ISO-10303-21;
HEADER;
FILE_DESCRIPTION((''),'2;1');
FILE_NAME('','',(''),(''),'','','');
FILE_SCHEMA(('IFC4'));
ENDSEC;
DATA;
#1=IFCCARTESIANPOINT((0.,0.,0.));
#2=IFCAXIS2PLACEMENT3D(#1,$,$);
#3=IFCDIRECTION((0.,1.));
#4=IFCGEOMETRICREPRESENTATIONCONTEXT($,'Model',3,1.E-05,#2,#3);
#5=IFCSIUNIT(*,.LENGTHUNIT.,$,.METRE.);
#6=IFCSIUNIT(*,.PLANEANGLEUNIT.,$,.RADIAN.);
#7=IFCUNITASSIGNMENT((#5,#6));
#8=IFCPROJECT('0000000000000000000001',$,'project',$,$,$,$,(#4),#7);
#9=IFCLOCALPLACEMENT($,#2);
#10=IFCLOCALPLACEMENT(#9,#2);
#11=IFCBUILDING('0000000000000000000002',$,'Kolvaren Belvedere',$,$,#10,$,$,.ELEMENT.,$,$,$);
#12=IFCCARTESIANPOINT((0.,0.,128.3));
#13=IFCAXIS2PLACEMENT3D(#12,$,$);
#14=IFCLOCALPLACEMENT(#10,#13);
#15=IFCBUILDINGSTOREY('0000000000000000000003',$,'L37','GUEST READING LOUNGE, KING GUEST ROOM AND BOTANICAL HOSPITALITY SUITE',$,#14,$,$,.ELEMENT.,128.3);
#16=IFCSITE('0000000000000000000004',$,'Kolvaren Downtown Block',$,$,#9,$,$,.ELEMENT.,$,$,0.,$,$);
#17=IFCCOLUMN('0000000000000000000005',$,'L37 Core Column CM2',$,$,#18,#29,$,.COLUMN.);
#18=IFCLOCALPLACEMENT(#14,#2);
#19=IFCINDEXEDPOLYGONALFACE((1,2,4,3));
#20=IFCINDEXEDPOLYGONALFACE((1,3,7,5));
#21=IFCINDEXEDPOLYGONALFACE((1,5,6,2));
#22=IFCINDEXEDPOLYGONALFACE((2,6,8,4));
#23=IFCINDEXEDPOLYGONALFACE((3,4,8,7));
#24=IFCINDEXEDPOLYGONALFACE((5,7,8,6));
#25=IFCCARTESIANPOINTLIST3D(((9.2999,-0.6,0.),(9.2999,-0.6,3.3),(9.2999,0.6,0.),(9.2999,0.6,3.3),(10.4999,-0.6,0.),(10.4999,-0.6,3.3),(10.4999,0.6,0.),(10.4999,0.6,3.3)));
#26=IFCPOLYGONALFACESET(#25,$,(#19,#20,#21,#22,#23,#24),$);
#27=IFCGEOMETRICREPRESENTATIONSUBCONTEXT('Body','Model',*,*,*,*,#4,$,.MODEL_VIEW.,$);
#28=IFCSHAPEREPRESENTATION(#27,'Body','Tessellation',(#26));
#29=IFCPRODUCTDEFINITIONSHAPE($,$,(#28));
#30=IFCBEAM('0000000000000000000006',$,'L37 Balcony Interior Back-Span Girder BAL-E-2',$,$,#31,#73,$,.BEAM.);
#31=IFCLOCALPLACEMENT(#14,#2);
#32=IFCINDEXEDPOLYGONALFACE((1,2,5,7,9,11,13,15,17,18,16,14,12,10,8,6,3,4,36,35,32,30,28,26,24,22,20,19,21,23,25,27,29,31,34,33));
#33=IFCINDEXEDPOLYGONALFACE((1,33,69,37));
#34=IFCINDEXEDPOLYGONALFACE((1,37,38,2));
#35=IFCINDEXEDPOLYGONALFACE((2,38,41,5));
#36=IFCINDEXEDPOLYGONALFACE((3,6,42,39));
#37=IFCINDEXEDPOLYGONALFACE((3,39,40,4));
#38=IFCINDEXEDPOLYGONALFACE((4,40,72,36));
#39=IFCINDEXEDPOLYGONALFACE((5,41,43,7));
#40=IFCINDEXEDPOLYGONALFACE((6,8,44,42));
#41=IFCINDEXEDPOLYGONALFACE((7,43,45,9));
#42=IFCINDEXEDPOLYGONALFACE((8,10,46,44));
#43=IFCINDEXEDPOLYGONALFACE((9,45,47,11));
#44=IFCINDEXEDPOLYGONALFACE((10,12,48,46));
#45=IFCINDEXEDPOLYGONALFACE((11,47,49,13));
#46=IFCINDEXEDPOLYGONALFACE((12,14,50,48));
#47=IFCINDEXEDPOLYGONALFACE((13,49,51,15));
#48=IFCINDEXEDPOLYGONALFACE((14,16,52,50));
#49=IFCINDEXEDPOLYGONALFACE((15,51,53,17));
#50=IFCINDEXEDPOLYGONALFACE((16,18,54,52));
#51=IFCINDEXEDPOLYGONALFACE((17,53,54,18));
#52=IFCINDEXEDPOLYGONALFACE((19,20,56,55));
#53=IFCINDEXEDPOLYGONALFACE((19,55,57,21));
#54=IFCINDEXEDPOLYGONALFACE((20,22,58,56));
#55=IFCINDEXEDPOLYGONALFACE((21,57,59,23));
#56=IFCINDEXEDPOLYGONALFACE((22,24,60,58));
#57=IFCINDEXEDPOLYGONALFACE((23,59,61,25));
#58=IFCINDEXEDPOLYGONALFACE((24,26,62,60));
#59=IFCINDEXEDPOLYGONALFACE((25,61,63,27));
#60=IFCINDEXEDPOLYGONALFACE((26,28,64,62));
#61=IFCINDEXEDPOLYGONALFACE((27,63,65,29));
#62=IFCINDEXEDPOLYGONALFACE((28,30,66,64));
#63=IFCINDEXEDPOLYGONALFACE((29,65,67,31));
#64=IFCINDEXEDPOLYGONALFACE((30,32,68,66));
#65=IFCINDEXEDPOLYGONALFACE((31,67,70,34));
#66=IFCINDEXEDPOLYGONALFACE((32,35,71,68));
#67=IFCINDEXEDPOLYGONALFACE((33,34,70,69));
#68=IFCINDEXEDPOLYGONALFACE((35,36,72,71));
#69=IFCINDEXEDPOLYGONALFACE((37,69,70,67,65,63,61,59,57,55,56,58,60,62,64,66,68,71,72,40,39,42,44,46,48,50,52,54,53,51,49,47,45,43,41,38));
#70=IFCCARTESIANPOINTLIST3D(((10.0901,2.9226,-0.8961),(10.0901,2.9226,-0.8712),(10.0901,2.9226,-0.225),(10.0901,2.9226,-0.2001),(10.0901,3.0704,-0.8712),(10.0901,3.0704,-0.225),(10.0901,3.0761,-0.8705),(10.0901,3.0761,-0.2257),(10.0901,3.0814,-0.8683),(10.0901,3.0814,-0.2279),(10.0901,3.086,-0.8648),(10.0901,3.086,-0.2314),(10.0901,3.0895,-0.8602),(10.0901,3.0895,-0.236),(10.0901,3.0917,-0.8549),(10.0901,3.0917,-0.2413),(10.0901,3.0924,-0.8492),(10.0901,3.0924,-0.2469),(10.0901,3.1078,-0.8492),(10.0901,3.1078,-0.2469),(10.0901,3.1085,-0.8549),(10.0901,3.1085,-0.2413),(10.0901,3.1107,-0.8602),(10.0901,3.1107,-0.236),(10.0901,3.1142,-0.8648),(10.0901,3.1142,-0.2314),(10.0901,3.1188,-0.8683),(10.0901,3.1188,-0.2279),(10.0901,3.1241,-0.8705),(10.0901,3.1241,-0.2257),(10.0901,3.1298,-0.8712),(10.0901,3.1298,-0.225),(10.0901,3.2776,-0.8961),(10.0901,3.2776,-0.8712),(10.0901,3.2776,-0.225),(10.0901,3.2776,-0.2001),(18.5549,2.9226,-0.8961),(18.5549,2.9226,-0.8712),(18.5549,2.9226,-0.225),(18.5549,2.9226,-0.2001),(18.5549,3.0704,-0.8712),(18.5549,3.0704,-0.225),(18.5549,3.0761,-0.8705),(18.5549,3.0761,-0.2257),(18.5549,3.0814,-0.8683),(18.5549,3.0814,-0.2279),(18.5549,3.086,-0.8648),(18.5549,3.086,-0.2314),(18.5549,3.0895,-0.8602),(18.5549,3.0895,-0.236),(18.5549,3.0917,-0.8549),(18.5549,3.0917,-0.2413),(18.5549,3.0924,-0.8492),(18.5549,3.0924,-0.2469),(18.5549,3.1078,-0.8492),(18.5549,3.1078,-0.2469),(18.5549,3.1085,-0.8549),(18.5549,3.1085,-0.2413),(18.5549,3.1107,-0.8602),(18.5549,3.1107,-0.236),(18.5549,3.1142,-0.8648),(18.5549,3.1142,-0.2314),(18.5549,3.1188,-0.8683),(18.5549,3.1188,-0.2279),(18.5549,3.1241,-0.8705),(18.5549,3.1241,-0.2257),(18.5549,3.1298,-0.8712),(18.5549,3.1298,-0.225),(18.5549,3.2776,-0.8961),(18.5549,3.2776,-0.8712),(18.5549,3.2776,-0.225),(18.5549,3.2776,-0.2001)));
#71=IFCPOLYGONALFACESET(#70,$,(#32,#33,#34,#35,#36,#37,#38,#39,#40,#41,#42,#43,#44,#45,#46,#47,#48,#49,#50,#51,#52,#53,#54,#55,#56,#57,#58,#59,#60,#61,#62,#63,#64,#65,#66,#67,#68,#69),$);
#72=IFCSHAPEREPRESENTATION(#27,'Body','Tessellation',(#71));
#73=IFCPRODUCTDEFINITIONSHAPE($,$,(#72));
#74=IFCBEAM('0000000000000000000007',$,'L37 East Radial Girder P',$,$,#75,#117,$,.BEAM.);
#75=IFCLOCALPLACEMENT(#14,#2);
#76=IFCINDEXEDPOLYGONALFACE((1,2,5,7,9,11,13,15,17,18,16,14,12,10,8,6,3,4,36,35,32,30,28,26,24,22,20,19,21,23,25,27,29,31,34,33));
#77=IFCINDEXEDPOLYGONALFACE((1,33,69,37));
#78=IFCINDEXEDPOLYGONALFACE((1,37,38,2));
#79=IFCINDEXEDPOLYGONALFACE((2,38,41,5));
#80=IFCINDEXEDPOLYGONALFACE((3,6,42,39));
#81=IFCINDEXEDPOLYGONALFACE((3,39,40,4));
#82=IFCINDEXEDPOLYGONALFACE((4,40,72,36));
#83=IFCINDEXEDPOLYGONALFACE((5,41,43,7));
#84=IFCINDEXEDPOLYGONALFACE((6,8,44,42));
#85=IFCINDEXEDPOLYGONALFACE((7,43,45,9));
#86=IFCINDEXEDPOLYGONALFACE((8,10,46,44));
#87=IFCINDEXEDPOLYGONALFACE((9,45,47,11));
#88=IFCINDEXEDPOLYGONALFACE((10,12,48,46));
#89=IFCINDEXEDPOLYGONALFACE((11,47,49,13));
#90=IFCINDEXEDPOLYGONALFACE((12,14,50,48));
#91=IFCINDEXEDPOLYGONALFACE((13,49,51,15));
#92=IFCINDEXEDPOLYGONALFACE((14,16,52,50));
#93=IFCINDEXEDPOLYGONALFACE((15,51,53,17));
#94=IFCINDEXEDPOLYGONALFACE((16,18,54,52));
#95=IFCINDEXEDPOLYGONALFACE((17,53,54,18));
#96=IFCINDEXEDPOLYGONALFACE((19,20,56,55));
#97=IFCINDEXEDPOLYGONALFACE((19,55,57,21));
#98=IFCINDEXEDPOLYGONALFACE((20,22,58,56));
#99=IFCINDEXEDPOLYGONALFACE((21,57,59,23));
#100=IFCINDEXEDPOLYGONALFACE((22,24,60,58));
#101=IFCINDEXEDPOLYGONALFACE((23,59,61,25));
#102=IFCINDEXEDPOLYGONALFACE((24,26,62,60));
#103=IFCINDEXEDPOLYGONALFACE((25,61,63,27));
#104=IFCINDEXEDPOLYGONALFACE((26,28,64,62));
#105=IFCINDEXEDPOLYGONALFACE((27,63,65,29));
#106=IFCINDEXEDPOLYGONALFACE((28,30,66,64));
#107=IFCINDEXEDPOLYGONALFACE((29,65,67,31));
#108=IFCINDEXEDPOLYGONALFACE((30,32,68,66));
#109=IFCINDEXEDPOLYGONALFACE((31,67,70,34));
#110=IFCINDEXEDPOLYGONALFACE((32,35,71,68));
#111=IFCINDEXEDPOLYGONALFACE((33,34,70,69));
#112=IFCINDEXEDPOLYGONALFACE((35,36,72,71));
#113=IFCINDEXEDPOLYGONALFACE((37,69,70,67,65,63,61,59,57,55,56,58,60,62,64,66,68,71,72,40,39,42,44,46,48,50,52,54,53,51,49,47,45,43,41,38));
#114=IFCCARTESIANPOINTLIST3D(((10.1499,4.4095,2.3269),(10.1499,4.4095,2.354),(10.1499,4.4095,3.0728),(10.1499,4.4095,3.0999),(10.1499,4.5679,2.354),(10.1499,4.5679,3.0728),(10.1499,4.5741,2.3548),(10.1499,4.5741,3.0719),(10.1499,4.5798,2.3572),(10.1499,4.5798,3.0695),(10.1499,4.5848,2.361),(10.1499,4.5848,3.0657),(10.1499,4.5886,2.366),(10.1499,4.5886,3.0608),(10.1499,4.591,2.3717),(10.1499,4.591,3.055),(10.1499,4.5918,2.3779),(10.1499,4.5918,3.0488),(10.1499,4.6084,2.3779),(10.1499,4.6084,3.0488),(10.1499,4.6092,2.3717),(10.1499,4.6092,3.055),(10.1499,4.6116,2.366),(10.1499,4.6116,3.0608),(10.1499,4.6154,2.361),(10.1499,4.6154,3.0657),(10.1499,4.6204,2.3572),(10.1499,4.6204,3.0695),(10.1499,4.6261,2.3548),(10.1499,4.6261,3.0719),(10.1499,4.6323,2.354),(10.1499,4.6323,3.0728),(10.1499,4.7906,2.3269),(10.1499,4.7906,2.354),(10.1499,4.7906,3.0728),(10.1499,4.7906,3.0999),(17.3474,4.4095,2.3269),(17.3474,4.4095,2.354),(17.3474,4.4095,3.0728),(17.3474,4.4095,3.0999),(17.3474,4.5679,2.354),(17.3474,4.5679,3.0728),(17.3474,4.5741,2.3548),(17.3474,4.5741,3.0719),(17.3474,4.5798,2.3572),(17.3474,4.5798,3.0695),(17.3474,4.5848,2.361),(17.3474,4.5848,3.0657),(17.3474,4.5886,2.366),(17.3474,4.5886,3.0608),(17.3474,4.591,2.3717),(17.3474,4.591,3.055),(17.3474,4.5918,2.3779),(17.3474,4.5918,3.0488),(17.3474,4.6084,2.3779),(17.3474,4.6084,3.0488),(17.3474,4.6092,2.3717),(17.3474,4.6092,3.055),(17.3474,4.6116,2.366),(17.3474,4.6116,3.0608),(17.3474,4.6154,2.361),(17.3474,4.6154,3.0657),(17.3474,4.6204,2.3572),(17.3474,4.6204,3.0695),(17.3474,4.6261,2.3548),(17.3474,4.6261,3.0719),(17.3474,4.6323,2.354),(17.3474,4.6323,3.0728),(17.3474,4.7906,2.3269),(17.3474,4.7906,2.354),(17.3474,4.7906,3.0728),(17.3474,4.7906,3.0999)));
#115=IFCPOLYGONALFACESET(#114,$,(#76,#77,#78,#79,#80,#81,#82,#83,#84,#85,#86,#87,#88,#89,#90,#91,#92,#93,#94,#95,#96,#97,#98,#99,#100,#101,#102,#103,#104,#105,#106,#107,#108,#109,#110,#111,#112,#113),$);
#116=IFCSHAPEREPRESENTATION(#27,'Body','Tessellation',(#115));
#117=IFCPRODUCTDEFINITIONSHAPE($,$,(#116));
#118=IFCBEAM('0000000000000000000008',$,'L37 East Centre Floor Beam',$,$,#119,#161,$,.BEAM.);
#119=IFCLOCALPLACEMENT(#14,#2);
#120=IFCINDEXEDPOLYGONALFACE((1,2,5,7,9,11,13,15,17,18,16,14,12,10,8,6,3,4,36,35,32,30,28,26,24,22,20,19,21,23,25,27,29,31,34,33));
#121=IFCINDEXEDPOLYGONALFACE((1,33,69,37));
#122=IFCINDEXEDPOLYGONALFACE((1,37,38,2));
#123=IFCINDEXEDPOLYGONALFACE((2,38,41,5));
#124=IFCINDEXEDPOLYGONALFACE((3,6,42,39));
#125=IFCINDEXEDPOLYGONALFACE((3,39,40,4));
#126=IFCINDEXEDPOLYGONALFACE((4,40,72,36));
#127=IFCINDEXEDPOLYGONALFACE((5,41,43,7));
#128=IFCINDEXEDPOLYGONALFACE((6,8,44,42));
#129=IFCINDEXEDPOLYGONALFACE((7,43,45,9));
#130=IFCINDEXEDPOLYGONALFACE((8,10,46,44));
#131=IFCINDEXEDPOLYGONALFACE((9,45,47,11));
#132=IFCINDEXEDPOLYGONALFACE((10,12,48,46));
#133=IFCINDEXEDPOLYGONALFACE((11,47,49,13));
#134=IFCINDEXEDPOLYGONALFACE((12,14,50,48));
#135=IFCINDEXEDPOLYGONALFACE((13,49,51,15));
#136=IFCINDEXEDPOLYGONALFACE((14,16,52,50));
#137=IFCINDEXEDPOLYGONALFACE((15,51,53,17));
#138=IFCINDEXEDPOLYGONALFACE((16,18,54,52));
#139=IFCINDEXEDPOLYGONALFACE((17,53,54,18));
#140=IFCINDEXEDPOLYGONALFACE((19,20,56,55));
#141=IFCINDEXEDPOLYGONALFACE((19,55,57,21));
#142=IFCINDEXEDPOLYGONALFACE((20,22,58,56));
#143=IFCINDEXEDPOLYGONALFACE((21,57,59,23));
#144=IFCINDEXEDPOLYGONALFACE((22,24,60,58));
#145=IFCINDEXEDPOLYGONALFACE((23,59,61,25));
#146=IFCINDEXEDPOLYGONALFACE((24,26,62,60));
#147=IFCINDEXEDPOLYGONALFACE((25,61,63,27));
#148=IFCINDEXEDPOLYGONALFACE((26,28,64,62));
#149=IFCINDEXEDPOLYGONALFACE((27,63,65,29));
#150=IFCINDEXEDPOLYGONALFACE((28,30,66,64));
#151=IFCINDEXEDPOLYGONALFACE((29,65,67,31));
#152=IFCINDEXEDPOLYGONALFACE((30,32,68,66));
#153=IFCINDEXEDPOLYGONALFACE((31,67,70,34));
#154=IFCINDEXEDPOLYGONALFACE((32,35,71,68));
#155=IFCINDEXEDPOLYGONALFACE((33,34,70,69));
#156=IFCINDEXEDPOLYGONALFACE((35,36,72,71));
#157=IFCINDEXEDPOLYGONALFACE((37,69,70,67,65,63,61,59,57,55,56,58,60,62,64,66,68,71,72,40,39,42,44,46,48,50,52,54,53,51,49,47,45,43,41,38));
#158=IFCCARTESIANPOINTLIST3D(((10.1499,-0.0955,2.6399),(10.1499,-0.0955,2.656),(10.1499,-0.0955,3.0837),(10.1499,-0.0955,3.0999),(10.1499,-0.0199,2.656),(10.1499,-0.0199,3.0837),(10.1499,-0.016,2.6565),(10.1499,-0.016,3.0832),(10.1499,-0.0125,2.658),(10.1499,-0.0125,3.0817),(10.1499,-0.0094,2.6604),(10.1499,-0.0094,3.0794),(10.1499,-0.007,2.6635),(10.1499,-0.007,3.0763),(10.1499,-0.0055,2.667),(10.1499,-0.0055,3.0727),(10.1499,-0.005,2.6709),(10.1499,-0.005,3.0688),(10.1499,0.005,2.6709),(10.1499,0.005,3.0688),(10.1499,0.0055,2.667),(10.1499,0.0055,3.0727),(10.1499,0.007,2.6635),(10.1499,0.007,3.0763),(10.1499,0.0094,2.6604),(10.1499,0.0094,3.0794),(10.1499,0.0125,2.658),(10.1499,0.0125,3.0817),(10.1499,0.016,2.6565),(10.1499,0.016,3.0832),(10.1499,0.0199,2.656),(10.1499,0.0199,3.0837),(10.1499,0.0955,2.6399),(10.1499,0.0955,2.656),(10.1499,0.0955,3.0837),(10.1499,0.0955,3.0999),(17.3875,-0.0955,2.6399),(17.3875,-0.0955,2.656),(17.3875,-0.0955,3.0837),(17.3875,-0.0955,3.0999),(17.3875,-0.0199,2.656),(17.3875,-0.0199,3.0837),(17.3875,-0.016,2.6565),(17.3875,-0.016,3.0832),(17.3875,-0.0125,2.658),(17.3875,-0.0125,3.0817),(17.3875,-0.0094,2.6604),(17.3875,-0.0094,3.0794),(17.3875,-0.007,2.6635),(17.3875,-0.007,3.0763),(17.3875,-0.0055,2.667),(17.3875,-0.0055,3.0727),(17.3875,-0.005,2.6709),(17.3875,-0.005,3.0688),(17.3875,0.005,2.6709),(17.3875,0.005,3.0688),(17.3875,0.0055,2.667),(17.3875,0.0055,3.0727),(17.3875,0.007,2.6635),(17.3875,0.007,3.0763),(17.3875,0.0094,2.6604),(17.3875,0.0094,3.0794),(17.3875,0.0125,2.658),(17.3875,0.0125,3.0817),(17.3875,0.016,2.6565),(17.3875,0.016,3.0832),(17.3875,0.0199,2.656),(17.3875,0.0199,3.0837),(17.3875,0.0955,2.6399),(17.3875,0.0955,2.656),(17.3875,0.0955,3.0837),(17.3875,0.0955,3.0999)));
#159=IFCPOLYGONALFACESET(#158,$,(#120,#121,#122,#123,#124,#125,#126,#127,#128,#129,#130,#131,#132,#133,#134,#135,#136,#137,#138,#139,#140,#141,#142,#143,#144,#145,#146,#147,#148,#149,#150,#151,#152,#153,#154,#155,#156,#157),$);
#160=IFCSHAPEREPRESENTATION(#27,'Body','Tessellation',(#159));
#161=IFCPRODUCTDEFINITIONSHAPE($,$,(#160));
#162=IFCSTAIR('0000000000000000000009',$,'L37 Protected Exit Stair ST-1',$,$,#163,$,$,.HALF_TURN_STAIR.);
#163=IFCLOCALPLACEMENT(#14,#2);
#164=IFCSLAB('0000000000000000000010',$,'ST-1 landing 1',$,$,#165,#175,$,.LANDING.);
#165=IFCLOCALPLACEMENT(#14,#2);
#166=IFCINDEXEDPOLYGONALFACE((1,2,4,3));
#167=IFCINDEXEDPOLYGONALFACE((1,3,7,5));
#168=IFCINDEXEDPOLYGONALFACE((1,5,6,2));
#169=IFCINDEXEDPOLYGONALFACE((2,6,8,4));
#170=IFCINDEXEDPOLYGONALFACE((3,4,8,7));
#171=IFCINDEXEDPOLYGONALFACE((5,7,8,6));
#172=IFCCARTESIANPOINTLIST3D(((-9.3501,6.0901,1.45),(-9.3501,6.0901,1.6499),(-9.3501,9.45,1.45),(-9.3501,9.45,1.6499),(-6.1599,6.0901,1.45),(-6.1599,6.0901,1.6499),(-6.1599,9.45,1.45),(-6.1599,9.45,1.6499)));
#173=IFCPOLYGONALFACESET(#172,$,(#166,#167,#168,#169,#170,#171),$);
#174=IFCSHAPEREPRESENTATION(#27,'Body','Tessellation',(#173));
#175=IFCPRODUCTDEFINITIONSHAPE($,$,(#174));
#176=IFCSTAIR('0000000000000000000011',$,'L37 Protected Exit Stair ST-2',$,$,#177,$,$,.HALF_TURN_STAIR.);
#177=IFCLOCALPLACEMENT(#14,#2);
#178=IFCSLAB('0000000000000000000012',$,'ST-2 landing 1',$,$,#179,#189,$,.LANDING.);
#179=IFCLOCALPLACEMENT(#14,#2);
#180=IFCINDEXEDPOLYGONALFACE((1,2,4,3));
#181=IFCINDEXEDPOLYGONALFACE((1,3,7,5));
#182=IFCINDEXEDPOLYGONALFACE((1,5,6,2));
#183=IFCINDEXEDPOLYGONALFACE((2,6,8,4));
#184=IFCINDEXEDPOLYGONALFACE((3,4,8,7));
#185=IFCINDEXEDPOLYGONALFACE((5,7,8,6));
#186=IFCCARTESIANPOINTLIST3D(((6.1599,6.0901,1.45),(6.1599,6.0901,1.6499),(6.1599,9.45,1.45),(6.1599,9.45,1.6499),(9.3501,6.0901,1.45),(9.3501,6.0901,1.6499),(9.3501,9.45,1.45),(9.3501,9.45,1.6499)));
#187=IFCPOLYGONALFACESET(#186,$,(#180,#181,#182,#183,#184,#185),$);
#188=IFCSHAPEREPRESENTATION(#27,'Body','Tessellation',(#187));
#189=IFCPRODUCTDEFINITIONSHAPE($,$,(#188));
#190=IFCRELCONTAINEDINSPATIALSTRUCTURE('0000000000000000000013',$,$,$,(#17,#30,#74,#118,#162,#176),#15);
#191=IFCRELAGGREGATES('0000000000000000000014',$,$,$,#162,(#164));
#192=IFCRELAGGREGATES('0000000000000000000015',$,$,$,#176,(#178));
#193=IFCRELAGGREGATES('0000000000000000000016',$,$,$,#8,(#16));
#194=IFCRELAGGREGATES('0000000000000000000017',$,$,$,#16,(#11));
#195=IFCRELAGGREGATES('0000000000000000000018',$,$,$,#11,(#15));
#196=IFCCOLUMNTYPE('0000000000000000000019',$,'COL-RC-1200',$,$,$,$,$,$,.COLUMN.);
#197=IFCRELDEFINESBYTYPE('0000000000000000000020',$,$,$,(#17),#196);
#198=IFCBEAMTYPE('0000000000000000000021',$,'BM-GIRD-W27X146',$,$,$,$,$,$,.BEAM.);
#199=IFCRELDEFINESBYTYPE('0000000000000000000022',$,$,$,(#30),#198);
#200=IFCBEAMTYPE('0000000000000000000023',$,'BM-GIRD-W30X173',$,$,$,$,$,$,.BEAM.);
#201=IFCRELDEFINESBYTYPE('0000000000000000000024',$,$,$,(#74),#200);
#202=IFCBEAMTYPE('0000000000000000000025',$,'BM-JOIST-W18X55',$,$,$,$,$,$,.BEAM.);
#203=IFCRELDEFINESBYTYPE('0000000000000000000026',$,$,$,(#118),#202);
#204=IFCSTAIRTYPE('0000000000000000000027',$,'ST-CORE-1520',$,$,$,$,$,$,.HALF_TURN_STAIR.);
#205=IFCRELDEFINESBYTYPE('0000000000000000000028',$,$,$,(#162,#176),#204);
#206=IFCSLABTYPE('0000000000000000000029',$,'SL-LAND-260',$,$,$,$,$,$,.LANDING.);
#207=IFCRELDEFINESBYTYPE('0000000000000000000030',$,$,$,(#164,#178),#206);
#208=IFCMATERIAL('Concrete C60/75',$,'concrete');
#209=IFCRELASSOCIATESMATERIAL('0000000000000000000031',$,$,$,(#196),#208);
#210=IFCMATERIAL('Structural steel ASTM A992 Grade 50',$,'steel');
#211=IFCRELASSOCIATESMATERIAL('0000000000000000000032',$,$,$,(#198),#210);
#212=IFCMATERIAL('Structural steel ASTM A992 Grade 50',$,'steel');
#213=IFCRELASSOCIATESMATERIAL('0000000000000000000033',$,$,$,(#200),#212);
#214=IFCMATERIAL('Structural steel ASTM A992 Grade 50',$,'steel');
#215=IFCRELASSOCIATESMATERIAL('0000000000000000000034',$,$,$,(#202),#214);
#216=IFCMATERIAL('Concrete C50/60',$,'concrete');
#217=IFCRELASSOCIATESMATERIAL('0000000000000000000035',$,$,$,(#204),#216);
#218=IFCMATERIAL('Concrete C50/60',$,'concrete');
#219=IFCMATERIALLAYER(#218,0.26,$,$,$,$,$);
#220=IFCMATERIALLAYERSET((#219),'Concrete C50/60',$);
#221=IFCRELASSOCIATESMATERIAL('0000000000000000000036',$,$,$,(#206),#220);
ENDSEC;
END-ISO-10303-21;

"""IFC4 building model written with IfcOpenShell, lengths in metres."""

from ifc_helpers import new_model, si_unit, direction, frame, origin, origin_2d, place, context, subcontext, project, spatial, polyline, rectangle, i_section, outline, extrude, material, layer, layer_set, material_profile, profile_set, type_object, element, aggregate, save


model = new_model("IFC4")

# Units and contexts
model_context = context("Model", 3, precision=1e-05, world=origin(), true_north=direction((0.0, 1.0)))
body_context = subcontext(model_context, "Body", "Model", "MODEL_VIEW")
ifc_project = project(units=[si_unit("LENGTHUNIT", "METRE"), si_unit("PLANEANGLEUNIT", "RADIAN")], contexts=[model_context])

# Site, building, storey
site_placement = place(None, origin())
site = spatial("IfcSite", under=ifc_project, at=site_placement, Name="Kolvaren Downtown Block", CompositionType="ELEMENT", RefElevation=0.0)
building_placement = place(site_placement, origin())
building = spatial("IfcBuilding", under=site, at=building_placement, Name="Kolvaren Belvedere", CompositionType="ELEMENT")
storey_placement = place(building_placement, frame((0.0, 0.0, 128.3)))
storey = spatial("IfcBuildingStorey", under=building, at=storey_placement, Name="L37", Description="GUEST READING LOUNGE, KING GUEST ROOM AND BOTANICAL HOSPITALITY SUITE", CompositionType="ELEMENT", Elevation=128.3)

# Column
ifc_material_1 = material(Name="Concrete C60/75", Category="concrete")
ifc_material_profile_1 = material_profile(ifc_material_1, rectangle(XDim=1.2, YDim=1.2, at=origin_2d()), Name="RC 1200X1200")
ifc_profile_set_1 = profile_set([ifc_material_profile_1], Name="Concrete C60/75")
column_type = type_object("IfcColumnType", Name="COL-RC-1200", PredefinedType="COLUMN", material=ifc_profile_set_1)
column_placement = place(storey_placement, frame((9.8999, 0.0, 0.0), z_axis=(0.0, 0.0, 1.0), x_axis=(1.0, 0.0, 0.0)))
element("IfcColumn", 1, at=column_placement, inside=storey, type_object=column_type, Name="L37 Core Column CM2", PredefinedType="COLUMN", context=body_context, shape_type="SweptSolid", body=[
    extrude(rectangle(XDim=1.2, YDim=1.2, at=origin_2d()), origin(), (0.0, 0.0, 1.0), 3.3),
])

# Beams
ifc_material_2 = material(Name="Structural steel ASTM A992 Grade 50", Category="steel")
ifc_material_profile_2 = material_profile(ifc_material_2, i_section(OverallWidth=0.355, OverallDepth=0.696, WebThickness=0.0154, FlangeThickness=0.0249, FilletRadius=0.022, at=origin_2d()), Name="W27X146")
ifc_profile_set_2 = profile_set([ifc_material_profile_2], Name="Structural steel ASTM A992 Grade 50")
beam_type_1 = type_object("IfcBeamType", Name="BM-GIRD-W27X146", PredefinedType="BEAM", material=ifc_profile_set_2)
beam_1_placement = place(storey_placement, frame((10.0901, 3.1001, -0.5481), z_axis=(1.0, 0.0, 0.0), x_axis=(0.0, 1.0, 0.0)))
element("IfcBeam", 2, at=beam_1_placement, inside=storey, type_object=beam_type_1, Name="L37 Balcony Interior Back-Span Girder BAL-E-2", PredefinedType="BEAM", context=body_context, shape_type="SweptSolid", body=[
    extrude(i_section(OverallWidth=0.355, OverallDepth=0.696, WebThickness=0.0154, FlangeThickness=0.0249, FilletRadius=0.022, at=origin_2d()), origin(), (0.0, 0.0, 1.0), 8.4648),
])
ifc_material_3 = material(Name="Structural steel ASTM A992 Grade 50", Category="steel")
ifc_material_profile_3 = material_profile(ifc_material_3, i_section(OverallWidth=0.3811, OverallDepth=0.7729, WebThickness=0.0166, FlangeThickness=0.0271, FilletRadius=0.0239, at=origin_2d()), Name="W30X173")
ifc_profile_set_3 = profile_set([ifc_material_profile_3], Name="Structural steel ASTM A992 Grade 50")
beam_type_2 = type_object("IfcBeamType", Name="BM-GIRD-W30X173", PredefinedType="BEAM", material=ifc_profile_set_3)
beam_2_placement = place(storey_placement, frame((10.1499, 4.6001, 2.7134), z_axis=(1.0, 0.0, 0.0), x_axis=(0.0, 1.0, 0.0)))
element("IfcBeam", 3, at=beam_2_placement, inside=storey, type_object=beam_type_2, Name="L37 East Radial Girder P", PredefinedType="BEAM", context=body_context, shape_type="SweptSolid", body=[
    extrude(i_section(OverallWidth=0.3811, OverallDepth=0.7729, WebThickness=0.0166, FlangeThickness=0.0271, FilletRadius=0.0239, at=origin_2d()), origin(), (0.0, 0.0, 1.0), 7.1975),
])
ifc_material_4 = material(Name="Structural steel ASTM A992 Grade 50", Category="steel")
ifc_material_profile_4 = material_profile(ifc_material_4, i_section(OverallWidth=0.1909, OverallDepth=0.46, WebThickness=0.01, FlangeThickness=0.0161, FilletRadius=0.0149, at=origin_2d()), Name="W18X55")
ifc_profile_set_4 = profile_set([ifc_material_profile_4], Name="Structural steel ASTM A992 Grade 50")
beam_type_3 = type_object("IfcBeamType", Name="BM-JOIST-W18X55", PredefinedType="BEAM", material=ifc_profile_set_4)
beam_3_placement = place(storey_placement, frame((10.1499, 0.0, 2.8699), z_axis=(1.0, 0.0, 0.0), x_axis=(0.0, 1.0, 0.0)))
element("IfcBeam", 4, at=beam_3_placement, inside=storey, type_object=beam_type_3, Name="L37 East Centre Floor Beam", PredefinedType="BEAM", context=body_context, shape_type="SweptSolid", body=[
    extrude(i_section(OverallWidth=0.1909, OverallDepth=0.46, WebThickness=0.01, FlangeThickness=0.0161, FilletRadius=0.0149, at=origin_2d()), origin(), (0.0, 0.0, 1.0), 7.2375),
])

# Stairs, slabs
ifc_material_5 = material(Name="Concrete C50/60", Category="concrete")
stair_type = type_object("IfcStairType", Name="ST-CORE-1520", PredefinedType="HALF_TURN_STAIR", material=ifc_material_5)
stair_1_placement = place(storey_placement, origin())
stair_1 = element("IfcStair", 5, at=stair_1_placement, inside=storey, type_object=stair_type, Name="L37 Protected Exit Stair ST-1", PredefinedType="HALF_TURN_STAIR")
ifc_material_6 = material(Name="Concrete C50/60", Category="concrete")
ifc_layer_1 = layer(ifc_material_6, 0.26)
ifc_layer_set_1 = layer_set([ifc_layer_1], Name="Concrete C50/60")
slab_type = type_object("IfcSlabType", Name="SL-LAND-260", PredefinedType="LANDING", material=ifc_layer_set_1)
slab_1_placement = place(storey_placement, frame((0.0, 0.0, 1.45)))
slab_1 = element("IfcSlab", 6, at=slab_1_placement, type_object=slab_type, Name="ST-1 landing 1", PredefinedType="LANDING", context=body_context, shape_type="SweptSolid", body=[
    extrude(outline(polyline([(-6.1599, 6.0901), (-6.1599, 9.45), (-9.3501, 9.45), (-9.3501, 6.0901), (-6.1599, 6.0901)])), origin(), (0.0, 0.0, 1.0), 0.2),
])
aggregate(stair_1, [slab_1])
stair_2_placement = place(storey_placement, origin())
stair_2 = element("IfcStair", 7, at=stair_2_placement, inside=storey, type_object=stair_type, Name="L37 Protected Exit Stair ST-2", PredefinedType="HALF_TURN_STAIR")
slab_2_placement = place(storey_placement, frame((0.0, 0.0, 1.45)))
slab_2 = element("IfcSlab", 8, at=slab_2_placement, type_object=slab_type, Name="ST-2 landing 1", PredefinedType="LANDING", context=body_context, shape_type="SweptSolid", body=[
    extrude(outline(polyline([(9.3501, 6.0901), (9.3501, 9.45), (6.1599, 9.45), (6.1599, 6.0901), (9.3501, 6.0901)])), origin(), (0.0, 0.0, 1.0), 0.2),
])

aggregate(stair_2, [slab_2])

save(model, "model.ifc")
